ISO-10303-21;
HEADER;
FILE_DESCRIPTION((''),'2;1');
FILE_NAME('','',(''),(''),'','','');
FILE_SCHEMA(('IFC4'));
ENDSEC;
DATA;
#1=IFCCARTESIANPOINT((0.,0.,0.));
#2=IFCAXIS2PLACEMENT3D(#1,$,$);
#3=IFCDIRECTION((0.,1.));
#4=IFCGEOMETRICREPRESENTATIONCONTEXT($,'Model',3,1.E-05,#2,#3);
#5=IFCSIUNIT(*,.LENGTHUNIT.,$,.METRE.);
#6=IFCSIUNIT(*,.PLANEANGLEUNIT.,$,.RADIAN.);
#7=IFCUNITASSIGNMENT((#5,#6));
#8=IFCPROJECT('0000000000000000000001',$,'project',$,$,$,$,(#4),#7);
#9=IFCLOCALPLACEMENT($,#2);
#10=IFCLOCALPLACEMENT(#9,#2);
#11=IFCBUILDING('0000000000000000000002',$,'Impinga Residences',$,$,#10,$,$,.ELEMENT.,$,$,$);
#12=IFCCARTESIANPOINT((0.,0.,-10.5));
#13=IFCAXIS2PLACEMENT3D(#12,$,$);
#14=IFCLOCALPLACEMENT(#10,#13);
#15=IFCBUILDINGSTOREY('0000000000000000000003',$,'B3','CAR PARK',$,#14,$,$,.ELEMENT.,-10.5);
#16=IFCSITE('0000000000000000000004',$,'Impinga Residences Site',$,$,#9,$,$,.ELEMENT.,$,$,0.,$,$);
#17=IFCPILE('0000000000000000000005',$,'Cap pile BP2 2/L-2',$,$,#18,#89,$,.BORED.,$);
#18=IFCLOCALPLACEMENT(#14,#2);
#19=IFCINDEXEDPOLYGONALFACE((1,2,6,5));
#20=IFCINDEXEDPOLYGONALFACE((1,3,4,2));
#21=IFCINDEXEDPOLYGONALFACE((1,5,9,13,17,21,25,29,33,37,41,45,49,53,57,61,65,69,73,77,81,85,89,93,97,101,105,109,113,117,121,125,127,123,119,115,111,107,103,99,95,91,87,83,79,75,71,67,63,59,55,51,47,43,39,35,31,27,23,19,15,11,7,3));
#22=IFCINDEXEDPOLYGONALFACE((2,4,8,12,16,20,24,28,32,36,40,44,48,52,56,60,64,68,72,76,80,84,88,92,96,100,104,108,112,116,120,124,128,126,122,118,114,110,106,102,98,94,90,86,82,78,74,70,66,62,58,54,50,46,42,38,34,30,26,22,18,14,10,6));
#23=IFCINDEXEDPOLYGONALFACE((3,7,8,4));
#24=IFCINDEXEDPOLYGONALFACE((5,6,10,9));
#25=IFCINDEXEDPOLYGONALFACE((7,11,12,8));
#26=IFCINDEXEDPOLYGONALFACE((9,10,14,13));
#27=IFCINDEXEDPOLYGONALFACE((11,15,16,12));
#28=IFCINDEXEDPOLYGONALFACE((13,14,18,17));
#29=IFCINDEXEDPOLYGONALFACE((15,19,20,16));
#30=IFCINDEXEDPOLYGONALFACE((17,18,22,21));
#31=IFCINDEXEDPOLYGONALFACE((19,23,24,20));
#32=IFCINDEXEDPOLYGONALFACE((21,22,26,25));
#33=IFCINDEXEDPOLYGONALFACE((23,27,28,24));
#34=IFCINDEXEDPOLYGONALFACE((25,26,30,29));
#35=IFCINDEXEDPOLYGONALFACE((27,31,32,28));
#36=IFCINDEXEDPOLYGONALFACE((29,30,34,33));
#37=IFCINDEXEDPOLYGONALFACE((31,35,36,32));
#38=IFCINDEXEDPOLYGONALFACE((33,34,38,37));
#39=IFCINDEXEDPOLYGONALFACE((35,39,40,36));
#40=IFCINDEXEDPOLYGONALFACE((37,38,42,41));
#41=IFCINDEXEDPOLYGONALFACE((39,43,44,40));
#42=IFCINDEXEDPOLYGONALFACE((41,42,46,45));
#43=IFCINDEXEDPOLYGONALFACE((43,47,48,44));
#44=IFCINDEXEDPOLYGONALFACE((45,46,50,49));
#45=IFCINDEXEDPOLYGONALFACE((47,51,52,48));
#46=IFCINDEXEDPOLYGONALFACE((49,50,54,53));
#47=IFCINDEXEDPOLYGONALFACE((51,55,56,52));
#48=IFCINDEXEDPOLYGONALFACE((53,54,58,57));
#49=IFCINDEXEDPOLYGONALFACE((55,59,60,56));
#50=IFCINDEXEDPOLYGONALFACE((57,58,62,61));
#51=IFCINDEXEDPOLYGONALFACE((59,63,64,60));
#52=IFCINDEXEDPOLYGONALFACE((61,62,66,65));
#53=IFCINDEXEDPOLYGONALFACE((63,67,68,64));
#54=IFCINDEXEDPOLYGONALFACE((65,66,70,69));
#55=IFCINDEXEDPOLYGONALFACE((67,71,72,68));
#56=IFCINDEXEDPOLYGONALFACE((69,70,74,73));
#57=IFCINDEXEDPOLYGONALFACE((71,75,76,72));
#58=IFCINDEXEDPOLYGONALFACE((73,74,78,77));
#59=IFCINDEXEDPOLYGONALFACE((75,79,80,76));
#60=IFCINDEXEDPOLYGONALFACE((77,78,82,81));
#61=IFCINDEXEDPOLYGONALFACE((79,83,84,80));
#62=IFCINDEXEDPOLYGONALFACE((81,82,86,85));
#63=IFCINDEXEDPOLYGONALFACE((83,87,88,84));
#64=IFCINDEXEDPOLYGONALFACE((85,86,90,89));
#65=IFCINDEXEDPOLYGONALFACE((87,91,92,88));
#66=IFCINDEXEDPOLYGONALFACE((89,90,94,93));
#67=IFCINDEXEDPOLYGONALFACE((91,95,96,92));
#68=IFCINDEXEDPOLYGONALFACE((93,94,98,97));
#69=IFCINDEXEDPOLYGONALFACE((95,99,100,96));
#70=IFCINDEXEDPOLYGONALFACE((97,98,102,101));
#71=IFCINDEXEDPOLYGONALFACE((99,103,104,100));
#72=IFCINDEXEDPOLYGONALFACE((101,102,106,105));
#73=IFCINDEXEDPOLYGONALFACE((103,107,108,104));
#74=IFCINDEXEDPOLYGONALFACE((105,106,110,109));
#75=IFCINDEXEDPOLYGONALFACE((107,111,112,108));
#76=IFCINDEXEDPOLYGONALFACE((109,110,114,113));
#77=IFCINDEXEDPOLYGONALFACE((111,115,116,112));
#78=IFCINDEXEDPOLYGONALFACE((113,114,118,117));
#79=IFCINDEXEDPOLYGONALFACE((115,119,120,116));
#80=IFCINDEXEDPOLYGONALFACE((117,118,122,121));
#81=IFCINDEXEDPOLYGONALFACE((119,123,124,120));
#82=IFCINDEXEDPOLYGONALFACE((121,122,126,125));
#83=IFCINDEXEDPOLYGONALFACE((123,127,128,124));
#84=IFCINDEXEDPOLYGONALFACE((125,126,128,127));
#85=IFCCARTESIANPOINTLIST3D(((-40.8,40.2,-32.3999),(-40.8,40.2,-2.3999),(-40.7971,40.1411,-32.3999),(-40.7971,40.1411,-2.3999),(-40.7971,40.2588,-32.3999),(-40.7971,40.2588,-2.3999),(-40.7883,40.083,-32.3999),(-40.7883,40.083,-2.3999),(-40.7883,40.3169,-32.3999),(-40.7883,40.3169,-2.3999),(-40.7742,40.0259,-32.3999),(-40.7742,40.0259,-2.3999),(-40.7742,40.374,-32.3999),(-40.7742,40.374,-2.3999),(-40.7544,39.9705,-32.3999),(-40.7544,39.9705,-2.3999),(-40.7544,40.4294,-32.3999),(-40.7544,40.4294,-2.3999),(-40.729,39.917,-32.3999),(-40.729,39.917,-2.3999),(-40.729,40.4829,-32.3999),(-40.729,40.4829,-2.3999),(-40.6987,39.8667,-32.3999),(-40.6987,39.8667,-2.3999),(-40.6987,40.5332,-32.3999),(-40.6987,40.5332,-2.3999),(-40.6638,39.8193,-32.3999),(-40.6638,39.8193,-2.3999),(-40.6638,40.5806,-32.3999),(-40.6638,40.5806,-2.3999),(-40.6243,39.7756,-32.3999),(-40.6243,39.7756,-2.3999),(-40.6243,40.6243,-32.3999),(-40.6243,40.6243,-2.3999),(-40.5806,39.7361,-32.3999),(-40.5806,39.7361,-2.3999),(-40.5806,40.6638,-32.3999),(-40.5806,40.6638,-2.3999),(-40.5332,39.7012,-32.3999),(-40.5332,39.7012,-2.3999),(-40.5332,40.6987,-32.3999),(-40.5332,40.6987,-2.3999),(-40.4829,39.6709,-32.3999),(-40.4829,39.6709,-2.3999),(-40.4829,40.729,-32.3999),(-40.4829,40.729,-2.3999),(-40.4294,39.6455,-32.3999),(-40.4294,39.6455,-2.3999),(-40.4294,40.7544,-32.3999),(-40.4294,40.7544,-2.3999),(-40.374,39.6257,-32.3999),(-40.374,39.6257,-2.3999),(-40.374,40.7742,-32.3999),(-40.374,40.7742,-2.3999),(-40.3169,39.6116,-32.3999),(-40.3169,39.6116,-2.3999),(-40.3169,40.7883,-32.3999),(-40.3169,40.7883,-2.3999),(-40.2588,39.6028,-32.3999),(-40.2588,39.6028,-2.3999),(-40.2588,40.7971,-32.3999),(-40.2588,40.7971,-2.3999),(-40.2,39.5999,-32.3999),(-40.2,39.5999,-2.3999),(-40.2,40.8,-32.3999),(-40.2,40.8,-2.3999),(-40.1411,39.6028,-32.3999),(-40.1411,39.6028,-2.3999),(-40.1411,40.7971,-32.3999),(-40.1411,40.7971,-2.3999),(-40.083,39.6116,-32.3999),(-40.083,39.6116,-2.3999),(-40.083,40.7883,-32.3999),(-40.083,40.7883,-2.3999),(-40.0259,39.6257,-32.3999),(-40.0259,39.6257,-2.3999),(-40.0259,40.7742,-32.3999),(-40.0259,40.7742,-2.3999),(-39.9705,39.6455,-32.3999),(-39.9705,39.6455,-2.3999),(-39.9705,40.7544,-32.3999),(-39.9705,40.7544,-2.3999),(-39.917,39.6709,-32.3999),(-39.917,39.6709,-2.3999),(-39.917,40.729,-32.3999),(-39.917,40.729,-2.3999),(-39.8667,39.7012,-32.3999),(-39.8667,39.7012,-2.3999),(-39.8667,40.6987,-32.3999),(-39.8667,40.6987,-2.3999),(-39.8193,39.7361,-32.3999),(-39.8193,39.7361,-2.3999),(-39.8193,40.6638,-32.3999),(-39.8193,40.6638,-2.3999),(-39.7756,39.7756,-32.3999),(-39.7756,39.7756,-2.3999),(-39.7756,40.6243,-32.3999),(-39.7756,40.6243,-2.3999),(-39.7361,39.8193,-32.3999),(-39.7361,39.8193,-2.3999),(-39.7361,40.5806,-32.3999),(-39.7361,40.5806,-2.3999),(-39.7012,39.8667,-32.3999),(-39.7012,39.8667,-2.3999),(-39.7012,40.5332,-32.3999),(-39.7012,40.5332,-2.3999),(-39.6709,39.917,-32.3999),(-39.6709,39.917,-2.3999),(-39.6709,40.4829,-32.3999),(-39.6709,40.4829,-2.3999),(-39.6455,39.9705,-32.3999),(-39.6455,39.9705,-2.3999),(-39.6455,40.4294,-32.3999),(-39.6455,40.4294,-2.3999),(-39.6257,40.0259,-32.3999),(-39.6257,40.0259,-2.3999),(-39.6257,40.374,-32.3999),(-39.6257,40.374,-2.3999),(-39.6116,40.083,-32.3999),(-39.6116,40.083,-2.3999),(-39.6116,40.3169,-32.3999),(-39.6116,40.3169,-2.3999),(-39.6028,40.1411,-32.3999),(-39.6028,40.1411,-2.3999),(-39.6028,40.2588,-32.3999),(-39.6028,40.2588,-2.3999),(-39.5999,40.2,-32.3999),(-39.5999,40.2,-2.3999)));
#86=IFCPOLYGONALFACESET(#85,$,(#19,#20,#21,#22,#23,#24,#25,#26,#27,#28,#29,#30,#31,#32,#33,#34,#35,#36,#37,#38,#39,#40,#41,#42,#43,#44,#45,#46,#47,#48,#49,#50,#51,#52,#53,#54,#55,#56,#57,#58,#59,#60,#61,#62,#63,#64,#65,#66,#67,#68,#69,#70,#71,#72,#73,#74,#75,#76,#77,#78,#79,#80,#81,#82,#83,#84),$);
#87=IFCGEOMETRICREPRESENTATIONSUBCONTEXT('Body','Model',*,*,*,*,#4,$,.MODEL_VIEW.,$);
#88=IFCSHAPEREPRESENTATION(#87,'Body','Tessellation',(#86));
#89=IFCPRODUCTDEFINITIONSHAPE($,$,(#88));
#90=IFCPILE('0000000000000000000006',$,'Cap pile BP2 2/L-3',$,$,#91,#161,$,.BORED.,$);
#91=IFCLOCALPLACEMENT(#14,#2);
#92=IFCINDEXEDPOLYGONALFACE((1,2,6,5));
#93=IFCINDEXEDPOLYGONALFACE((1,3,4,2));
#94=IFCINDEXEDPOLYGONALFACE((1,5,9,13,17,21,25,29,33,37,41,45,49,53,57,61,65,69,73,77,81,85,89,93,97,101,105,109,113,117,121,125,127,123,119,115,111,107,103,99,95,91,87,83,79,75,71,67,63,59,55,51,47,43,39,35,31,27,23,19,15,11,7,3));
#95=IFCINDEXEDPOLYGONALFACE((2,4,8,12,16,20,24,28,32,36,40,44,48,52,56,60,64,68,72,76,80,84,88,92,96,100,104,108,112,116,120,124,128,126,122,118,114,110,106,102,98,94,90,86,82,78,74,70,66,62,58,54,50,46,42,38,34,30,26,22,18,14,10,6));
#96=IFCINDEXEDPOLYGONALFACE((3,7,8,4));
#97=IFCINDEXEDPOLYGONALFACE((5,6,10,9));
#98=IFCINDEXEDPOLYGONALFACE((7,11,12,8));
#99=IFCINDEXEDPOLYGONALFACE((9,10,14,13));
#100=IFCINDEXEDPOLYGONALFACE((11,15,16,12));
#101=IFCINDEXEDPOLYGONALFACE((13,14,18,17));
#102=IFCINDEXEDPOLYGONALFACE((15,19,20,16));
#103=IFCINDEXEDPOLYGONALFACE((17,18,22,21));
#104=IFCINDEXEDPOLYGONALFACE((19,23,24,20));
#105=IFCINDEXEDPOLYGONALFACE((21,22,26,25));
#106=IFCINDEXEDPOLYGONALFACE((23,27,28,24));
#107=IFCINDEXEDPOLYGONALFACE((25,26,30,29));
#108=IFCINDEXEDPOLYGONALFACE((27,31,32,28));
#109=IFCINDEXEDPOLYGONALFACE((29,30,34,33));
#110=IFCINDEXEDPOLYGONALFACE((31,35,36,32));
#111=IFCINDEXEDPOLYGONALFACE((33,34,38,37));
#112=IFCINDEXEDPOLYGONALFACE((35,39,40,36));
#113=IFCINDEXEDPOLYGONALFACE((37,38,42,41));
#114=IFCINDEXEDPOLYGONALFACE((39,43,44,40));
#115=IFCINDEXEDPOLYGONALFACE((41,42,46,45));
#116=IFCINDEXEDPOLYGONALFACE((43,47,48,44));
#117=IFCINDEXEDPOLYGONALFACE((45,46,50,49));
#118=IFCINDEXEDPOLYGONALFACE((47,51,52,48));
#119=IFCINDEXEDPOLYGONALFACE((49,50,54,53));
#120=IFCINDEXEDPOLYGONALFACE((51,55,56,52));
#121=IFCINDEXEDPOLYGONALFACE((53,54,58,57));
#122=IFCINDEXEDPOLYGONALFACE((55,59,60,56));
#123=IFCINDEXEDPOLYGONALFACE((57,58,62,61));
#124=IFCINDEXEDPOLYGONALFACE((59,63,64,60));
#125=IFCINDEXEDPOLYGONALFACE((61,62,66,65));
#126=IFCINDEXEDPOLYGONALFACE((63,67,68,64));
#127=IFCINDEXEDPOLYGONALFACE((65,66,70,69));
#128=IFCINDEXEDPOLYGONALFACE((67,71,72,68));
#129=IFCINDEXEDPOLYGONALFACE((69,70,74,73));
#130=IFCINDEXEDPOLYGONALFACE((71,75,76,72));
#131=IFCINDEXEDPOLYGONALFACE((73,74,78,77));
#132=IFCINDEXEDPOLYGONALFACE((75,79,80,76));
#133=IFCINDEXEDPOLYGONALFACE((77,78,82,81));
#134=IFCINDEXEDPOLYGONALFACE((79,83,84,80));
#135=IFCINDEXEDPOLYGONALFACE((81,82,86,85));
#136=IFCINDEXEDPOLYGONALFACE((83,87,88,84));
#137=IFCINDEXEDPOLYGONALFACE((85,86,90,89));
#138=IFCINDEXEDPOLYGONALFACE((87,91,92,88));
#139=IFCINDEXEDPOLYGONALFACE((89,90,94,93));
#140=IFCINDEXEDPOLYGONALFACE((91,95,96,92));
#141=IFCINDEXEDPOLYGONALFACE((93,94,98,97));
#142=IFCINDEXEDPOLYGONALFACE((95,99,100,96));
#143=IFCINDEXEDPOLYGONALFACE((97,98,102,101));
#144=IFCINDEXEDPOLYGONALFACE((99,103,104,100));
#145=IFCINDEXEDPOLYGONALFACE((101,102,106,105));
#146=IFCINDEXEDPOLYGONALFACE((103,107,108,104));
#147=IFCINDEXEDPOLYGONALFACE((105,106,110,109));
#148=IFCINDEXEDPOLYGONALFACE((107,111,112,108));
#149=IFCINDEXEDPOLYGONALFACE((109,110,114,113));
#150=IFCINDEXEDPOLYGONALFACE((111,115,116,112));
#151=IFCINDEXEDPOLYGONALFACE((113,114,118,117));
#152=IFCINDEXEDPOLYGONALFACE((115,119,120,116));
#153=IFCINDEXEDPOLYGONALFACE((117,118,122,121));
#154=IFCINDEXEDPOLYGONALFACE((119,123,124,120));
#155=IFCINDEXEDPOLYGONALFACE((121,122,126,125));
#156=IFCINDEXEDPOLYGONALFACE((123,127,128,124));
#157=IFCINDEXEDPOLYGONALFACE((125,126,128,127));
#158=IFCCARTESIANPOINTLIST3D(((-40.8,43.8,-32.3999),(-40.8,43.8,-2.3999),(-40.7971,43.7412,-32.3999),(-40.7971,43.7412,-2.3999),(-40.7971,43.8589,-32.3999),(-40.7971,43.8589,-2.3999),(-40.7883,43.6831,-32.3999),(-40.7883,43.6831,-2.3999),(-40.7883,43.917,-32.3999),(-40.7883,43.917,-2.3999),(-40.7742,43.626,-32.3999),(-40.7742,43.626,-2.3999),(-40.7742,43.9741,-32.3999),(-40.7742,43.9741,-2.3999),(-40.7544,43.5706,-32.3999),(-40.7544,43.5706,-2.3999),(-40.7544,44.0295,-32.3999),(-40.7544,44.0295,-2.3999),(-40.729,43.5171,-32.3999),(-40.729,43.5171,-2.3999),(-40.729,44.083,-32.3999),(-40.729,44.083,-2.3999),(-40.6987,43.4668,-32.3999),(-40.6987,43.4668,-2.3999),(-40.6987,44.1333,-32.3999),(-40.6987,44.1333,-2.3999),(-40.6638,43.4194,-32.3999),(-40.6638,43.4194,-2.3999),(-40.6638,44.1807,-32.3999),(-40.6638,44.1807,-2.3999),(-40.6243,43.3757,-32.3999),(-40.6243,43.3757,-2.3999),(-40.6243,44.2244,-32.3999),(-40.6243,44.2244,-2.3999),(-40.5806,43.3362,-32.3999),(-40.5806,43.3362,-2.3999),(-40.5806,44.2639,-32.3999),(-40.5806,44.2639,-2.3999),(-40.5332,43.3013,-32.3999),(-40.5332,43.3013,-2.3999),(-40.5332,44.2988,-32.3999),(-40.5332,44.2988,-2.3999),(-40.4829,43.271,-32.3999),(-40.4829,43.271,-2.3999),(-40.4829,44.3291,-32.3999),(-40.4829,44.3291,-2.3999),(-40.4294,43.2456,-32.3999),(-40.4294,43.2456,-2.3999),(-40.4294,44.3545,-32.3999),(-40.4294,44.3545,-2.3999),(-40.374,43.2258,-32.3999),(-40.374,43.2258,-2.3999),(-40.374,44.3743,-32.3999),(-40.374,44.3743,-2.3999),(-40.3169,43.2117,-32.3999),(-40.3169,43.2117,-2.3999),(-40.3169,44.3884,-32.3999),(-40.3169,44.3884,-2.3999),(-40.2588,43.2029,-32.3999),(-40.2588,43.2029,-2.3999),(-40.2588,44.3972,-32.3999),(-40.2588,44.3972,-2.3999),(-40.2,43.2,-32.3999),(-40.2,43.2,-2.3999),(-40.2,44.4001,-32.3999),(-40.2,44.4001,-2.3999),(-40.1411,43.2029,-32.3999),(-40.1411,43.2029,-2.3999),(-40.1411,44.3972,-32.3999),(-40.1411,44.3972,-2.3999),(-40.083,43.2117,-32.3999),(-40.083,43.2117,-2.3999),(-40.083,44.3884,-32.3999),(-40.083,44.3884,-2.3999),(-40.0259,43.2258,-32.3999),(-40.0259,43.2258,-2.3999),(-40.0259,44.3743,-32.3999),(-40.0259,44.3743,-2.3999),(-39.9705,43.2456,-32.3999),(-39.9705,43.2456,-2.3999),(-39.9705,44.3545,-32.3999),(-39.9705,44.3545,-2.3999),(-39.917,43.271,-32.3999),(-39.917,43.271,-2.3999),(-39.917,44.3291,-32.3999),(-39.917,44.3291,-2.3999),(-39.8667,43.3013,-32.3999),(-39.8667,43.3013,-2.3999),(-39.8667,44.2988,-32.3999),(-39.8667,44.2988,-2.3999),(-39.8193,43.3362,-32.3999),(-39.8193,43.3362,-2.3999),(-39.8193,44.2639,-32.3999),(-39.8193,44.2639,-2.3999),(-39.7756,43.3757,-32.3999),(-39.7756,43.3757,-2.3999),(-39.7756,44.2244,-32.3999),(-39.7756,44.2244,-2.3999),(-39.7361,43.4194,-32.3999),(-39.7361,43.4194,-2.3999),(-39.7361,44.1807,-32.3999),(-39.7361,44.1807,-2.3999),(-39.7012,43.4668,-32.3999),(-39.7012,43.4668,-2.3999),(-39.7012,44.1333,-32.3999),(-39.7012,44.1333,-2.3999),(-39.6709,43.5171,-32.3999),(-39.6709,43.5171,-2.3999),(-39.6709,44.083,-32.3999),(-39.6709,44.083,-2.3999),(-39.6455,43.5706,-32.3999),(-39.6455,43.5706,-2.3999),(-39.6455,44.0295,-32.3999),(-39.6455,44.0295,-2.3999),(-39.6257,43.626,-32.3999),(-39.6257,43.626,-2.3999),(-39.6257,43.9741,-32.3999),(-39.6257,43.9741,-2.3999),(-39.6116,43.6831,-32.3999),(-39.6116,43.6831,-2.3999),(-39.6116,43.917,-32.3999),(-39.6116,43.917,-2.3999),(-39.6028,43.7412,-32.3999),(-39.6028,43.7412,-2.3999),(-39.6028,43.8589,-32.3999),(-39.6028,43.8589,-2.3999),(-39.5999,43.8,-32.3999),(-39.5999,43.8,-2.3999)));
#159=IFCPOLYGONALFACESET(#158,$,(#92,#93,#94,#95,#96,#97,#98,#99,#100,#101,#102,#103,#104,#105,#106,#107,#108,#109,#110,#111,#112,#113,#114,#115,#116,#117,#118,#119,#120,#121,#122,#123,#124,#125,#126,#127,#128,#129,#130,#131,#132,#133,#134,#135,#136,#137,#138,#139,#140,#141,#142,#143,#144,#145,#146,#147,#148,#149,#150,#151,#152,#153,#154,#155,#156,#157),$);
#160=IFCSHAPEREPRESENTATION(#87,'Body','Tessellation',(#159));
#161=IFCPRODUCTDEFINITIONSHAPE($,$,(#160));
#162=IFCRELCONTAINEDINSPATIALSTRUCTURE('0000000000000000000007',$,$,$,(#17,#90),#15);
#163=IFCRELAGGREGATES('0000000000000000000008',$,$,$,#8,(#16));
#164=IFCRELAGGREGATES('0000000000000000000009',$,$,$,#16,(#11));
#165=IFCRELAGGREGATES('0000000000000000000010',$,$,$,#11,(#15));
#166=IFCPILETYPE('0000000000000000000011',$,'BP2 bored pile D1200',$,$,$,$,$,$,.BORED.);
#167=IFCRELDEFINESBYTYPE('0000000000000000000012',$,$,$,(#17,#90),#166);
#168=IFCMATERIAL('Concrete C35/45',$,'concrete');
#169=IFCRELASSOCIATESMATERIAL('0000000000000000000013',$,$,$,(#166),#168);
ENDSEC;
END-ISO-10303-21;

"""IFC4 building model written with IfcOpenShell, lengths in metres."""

from ifc_helpers import new_model, si_unit, direction, frame, origin, origin_2d, place, context, subcontext, project, spatial, polyline, circle, outline, extrude, material, material_profile, profile_set, type_object, element, save


model = new_model("IFC4")

# Units and contexts
model_context = context("Model", 3, precision=1e-05, world=origin(), true_north=direction((0.0, 1.0)))
body_context = subcontext(model_context, "Body", "Model", "MODEL_VIEW")
ifc_project = project(units=[si_unit("LENGTHUNIT", "METRE"), si_unit("PLANEANGLEUNIT", "RADIAN")], contexts=[model_context])

# Site, building, storey
site_placement = place(None, origin())
site = spatial("IfcSite", under=ifc_project, at=site_placement, Name="Impinga Residences Site", CompositionType="ELEMENT", RefElevation=0.0)
building_placement = place(site_placement, origin())
building = spatial("IfcBuilding", under=site, at=building_placement, Name="Impinga Residences", CompositionType="ELEMENT")
storey_placement = place(building_placement, frame((0.0, 0.0, -10.5)))
storey = spatial("IfcBuildingStorey", under=building, at=storey_placement, Name="B3", Description="CAR PARK", CompositionType="ELEMENT", Elevation=-10.5)

# Piles
ifc_material_1 = material(Name="Concrete C35/45", Category="concrete")
ifc_material_profile_1 = material_profile(ifc_material_1, circle(Radius=0.6001, at=origin_2d()), Name="D1200")
ifc_profile_set_1 = profile_set([ifc_material_profile_1], Name="Concrete C35/45")
pile_type = type_object("IfcPileType", Name="BP2 bored pile D1200", PredefinedType="BORED", material=ifc_profile_set_1)
pile_1_placement = place(storey_placement, frame((-40.2, 40.2, -2.3999), z_axis=(0.0, 0.0, -1.0), x_axis=(1.0, 0.0, 0.0)))
element("IfcPile", 1, at=pile_1_placement, inside=storey, type_object=pile_type, Name="Cap pile BP2 2/L-2", PredefinedType="BORED", context=body_context, shape_type="SweptSolid", body=[
    extrude(outline(polyline([(0.6001, 0.0), (0.5972, 0.0588), (0.5884, 0.1169), (0.5742, 0.1741), (0.5544, 0.2295), (0.5291, 0.283), (0.4988, 0.3333), (0.4639, 0.3806), (0.4243, 0.4243), (0.3806, 0.4639), (0.3333, 0.4988), (0.283, 0.5291), (0.2295, 0.5544), (0.1741, 0.5742), (0.1169, 0.5884), (0.0588, 0.5972), (0.0, 0.6001), (-0.0588, 0.5972), (-0.1169, 0.5884), (-0.1741, 0.5742), (-0.2295, 0.5544), (-0.283, 0.5291), (-0.3333, 0.4988), (-0.3806, 0.4639), (-0.4243, 0.4243), (-0.4639, 0.3806), (-0.4988, 0.3333), (-0.5291, 0.283), (-0.5544, 0.2295), (-0.5742, 0.1741), (-0.5884, 0.1169), (-0.5972, 0.0588), (-0.6001, 0.0), (-0.5972, -0.0588), (-0.5884, -0.1169), (-0.5742, -0.1741), (-0.5544, -0.2295), (-0.5291, -0.283), (-0.4988, -0.3333), (-0.4639, -0.3806), (-0.4243, -0.4243), (-0.3806, -0.4639), (-0.3333, -0.4988), (-0.283, -0.5291), (-0.2295, -0.5544), (-0.1741, -0.5742), (-0.1169, -0.5884), (-0.0588, -0.5972), (0.0, -0.6001), (0.0588, -0.5972), (0.1169, -0.5884), (0.1741, -0.5742), (0.2295, -0.5544), (0.283, -0.5291), (0.3333, -0.4988), (0.3806, -0.4639), (0.4243, -0.4243), (0.4639, -0.3806), (0.4988, -0.3333), (0.5291, -0.283), (0.5544, -0.2295), (0.5742, -0.1741), (0.5884, -0.1169), (0.5972, -0.0588), (0.6001, 0.0)])), origin(), (0.0, 0.0, 1.0), 30.0),
])
pile_2_placement = place(storey_placement, frame((-40.2, 43.8, -2.3999), z_axis=(0.0, 0.0, -1.0), x_axis=(1.0, 0.0, 0.0)))
element("IfcPile", 2, at=pile_2_placement, inside=storey, type_object=pile_type, Name="Cap pile BP2 2/L-3", PredefinedType="BORED", context=body_context, shape_type="SweptSolid", body=[
    extrude(outline(polyline([(0.6001, 0.0), (0.5972, 0.0588), (0.5884, 0.1169), (0.5742, 0.1741), (0.5544, 0.2295), (0.5291, 0.283), (0.4988, 0.3333), (0.4639, 0.3806), (0.4243, 0.4243), (0.3806, 0.4639), (0.3333, 0.4988), (0.283, 0.5291), (0.2295, 0.5544), (0.1741, 0.5742), (0.1169, 0.5884), (0.0588, 0.5972), (0.0, 0.6001), (-0.0588, 0.5972), (-0.1169, 0.5884), (-0.1741, 0.5742), (-0.2295, 0.5544), (-0.283, 0.5291), (-0.3333, 0.4988), (-0.3806, 0.4639), (-0.4243, 0.4243), (-0.4639, 0.3806), (-0.4988, 0.3333), (-0.5291, 0.283), (-0.5544, 0.2295), (-0.5742, 0.1741), (-0.5884, 0.1169), (-0.5972, 0.0588), (-0.6001, 0.0), (-0.5972, -0.0588), (-0.5884, -0.1169), (-0.5742, -0.1741), (-0.5544, -0.2295), (-0.5291, -0.283), (-0.4988, -0.3333), (-0.4639, -0.3806), (-0.4243, -0.4243), (-0.3806, -0.4639), (-0.3333, -0.4988), (-0.283, -0.5291), (-0.2295, -0.5544), (-0.1741, -0.5742), (-0.1169, -0.5884), (-0.0588, -0.5972), (0.0, -0.6001), (0.0588, -0.5972), (0.1169, -0.5884), (0.1741, -0.5742), (0.2295, -0.5544), (0.283, -0.5291), (0.3333, -0.4988), (0.3806, -0.4639), (0.4243, -0.4243), (0.4639, -0.3806), (0.4988, -0.3333), (0.5291, -0.283), (0.5544, -0.2295), (0.5742, -0.1741), (0.5884, -0.1169), (0.5972, -0.0588), (0.6001, 0.0)])), origin(), (0.0, 0.0, 1.0), 30.0),
])

save(model, "model.ifc")
